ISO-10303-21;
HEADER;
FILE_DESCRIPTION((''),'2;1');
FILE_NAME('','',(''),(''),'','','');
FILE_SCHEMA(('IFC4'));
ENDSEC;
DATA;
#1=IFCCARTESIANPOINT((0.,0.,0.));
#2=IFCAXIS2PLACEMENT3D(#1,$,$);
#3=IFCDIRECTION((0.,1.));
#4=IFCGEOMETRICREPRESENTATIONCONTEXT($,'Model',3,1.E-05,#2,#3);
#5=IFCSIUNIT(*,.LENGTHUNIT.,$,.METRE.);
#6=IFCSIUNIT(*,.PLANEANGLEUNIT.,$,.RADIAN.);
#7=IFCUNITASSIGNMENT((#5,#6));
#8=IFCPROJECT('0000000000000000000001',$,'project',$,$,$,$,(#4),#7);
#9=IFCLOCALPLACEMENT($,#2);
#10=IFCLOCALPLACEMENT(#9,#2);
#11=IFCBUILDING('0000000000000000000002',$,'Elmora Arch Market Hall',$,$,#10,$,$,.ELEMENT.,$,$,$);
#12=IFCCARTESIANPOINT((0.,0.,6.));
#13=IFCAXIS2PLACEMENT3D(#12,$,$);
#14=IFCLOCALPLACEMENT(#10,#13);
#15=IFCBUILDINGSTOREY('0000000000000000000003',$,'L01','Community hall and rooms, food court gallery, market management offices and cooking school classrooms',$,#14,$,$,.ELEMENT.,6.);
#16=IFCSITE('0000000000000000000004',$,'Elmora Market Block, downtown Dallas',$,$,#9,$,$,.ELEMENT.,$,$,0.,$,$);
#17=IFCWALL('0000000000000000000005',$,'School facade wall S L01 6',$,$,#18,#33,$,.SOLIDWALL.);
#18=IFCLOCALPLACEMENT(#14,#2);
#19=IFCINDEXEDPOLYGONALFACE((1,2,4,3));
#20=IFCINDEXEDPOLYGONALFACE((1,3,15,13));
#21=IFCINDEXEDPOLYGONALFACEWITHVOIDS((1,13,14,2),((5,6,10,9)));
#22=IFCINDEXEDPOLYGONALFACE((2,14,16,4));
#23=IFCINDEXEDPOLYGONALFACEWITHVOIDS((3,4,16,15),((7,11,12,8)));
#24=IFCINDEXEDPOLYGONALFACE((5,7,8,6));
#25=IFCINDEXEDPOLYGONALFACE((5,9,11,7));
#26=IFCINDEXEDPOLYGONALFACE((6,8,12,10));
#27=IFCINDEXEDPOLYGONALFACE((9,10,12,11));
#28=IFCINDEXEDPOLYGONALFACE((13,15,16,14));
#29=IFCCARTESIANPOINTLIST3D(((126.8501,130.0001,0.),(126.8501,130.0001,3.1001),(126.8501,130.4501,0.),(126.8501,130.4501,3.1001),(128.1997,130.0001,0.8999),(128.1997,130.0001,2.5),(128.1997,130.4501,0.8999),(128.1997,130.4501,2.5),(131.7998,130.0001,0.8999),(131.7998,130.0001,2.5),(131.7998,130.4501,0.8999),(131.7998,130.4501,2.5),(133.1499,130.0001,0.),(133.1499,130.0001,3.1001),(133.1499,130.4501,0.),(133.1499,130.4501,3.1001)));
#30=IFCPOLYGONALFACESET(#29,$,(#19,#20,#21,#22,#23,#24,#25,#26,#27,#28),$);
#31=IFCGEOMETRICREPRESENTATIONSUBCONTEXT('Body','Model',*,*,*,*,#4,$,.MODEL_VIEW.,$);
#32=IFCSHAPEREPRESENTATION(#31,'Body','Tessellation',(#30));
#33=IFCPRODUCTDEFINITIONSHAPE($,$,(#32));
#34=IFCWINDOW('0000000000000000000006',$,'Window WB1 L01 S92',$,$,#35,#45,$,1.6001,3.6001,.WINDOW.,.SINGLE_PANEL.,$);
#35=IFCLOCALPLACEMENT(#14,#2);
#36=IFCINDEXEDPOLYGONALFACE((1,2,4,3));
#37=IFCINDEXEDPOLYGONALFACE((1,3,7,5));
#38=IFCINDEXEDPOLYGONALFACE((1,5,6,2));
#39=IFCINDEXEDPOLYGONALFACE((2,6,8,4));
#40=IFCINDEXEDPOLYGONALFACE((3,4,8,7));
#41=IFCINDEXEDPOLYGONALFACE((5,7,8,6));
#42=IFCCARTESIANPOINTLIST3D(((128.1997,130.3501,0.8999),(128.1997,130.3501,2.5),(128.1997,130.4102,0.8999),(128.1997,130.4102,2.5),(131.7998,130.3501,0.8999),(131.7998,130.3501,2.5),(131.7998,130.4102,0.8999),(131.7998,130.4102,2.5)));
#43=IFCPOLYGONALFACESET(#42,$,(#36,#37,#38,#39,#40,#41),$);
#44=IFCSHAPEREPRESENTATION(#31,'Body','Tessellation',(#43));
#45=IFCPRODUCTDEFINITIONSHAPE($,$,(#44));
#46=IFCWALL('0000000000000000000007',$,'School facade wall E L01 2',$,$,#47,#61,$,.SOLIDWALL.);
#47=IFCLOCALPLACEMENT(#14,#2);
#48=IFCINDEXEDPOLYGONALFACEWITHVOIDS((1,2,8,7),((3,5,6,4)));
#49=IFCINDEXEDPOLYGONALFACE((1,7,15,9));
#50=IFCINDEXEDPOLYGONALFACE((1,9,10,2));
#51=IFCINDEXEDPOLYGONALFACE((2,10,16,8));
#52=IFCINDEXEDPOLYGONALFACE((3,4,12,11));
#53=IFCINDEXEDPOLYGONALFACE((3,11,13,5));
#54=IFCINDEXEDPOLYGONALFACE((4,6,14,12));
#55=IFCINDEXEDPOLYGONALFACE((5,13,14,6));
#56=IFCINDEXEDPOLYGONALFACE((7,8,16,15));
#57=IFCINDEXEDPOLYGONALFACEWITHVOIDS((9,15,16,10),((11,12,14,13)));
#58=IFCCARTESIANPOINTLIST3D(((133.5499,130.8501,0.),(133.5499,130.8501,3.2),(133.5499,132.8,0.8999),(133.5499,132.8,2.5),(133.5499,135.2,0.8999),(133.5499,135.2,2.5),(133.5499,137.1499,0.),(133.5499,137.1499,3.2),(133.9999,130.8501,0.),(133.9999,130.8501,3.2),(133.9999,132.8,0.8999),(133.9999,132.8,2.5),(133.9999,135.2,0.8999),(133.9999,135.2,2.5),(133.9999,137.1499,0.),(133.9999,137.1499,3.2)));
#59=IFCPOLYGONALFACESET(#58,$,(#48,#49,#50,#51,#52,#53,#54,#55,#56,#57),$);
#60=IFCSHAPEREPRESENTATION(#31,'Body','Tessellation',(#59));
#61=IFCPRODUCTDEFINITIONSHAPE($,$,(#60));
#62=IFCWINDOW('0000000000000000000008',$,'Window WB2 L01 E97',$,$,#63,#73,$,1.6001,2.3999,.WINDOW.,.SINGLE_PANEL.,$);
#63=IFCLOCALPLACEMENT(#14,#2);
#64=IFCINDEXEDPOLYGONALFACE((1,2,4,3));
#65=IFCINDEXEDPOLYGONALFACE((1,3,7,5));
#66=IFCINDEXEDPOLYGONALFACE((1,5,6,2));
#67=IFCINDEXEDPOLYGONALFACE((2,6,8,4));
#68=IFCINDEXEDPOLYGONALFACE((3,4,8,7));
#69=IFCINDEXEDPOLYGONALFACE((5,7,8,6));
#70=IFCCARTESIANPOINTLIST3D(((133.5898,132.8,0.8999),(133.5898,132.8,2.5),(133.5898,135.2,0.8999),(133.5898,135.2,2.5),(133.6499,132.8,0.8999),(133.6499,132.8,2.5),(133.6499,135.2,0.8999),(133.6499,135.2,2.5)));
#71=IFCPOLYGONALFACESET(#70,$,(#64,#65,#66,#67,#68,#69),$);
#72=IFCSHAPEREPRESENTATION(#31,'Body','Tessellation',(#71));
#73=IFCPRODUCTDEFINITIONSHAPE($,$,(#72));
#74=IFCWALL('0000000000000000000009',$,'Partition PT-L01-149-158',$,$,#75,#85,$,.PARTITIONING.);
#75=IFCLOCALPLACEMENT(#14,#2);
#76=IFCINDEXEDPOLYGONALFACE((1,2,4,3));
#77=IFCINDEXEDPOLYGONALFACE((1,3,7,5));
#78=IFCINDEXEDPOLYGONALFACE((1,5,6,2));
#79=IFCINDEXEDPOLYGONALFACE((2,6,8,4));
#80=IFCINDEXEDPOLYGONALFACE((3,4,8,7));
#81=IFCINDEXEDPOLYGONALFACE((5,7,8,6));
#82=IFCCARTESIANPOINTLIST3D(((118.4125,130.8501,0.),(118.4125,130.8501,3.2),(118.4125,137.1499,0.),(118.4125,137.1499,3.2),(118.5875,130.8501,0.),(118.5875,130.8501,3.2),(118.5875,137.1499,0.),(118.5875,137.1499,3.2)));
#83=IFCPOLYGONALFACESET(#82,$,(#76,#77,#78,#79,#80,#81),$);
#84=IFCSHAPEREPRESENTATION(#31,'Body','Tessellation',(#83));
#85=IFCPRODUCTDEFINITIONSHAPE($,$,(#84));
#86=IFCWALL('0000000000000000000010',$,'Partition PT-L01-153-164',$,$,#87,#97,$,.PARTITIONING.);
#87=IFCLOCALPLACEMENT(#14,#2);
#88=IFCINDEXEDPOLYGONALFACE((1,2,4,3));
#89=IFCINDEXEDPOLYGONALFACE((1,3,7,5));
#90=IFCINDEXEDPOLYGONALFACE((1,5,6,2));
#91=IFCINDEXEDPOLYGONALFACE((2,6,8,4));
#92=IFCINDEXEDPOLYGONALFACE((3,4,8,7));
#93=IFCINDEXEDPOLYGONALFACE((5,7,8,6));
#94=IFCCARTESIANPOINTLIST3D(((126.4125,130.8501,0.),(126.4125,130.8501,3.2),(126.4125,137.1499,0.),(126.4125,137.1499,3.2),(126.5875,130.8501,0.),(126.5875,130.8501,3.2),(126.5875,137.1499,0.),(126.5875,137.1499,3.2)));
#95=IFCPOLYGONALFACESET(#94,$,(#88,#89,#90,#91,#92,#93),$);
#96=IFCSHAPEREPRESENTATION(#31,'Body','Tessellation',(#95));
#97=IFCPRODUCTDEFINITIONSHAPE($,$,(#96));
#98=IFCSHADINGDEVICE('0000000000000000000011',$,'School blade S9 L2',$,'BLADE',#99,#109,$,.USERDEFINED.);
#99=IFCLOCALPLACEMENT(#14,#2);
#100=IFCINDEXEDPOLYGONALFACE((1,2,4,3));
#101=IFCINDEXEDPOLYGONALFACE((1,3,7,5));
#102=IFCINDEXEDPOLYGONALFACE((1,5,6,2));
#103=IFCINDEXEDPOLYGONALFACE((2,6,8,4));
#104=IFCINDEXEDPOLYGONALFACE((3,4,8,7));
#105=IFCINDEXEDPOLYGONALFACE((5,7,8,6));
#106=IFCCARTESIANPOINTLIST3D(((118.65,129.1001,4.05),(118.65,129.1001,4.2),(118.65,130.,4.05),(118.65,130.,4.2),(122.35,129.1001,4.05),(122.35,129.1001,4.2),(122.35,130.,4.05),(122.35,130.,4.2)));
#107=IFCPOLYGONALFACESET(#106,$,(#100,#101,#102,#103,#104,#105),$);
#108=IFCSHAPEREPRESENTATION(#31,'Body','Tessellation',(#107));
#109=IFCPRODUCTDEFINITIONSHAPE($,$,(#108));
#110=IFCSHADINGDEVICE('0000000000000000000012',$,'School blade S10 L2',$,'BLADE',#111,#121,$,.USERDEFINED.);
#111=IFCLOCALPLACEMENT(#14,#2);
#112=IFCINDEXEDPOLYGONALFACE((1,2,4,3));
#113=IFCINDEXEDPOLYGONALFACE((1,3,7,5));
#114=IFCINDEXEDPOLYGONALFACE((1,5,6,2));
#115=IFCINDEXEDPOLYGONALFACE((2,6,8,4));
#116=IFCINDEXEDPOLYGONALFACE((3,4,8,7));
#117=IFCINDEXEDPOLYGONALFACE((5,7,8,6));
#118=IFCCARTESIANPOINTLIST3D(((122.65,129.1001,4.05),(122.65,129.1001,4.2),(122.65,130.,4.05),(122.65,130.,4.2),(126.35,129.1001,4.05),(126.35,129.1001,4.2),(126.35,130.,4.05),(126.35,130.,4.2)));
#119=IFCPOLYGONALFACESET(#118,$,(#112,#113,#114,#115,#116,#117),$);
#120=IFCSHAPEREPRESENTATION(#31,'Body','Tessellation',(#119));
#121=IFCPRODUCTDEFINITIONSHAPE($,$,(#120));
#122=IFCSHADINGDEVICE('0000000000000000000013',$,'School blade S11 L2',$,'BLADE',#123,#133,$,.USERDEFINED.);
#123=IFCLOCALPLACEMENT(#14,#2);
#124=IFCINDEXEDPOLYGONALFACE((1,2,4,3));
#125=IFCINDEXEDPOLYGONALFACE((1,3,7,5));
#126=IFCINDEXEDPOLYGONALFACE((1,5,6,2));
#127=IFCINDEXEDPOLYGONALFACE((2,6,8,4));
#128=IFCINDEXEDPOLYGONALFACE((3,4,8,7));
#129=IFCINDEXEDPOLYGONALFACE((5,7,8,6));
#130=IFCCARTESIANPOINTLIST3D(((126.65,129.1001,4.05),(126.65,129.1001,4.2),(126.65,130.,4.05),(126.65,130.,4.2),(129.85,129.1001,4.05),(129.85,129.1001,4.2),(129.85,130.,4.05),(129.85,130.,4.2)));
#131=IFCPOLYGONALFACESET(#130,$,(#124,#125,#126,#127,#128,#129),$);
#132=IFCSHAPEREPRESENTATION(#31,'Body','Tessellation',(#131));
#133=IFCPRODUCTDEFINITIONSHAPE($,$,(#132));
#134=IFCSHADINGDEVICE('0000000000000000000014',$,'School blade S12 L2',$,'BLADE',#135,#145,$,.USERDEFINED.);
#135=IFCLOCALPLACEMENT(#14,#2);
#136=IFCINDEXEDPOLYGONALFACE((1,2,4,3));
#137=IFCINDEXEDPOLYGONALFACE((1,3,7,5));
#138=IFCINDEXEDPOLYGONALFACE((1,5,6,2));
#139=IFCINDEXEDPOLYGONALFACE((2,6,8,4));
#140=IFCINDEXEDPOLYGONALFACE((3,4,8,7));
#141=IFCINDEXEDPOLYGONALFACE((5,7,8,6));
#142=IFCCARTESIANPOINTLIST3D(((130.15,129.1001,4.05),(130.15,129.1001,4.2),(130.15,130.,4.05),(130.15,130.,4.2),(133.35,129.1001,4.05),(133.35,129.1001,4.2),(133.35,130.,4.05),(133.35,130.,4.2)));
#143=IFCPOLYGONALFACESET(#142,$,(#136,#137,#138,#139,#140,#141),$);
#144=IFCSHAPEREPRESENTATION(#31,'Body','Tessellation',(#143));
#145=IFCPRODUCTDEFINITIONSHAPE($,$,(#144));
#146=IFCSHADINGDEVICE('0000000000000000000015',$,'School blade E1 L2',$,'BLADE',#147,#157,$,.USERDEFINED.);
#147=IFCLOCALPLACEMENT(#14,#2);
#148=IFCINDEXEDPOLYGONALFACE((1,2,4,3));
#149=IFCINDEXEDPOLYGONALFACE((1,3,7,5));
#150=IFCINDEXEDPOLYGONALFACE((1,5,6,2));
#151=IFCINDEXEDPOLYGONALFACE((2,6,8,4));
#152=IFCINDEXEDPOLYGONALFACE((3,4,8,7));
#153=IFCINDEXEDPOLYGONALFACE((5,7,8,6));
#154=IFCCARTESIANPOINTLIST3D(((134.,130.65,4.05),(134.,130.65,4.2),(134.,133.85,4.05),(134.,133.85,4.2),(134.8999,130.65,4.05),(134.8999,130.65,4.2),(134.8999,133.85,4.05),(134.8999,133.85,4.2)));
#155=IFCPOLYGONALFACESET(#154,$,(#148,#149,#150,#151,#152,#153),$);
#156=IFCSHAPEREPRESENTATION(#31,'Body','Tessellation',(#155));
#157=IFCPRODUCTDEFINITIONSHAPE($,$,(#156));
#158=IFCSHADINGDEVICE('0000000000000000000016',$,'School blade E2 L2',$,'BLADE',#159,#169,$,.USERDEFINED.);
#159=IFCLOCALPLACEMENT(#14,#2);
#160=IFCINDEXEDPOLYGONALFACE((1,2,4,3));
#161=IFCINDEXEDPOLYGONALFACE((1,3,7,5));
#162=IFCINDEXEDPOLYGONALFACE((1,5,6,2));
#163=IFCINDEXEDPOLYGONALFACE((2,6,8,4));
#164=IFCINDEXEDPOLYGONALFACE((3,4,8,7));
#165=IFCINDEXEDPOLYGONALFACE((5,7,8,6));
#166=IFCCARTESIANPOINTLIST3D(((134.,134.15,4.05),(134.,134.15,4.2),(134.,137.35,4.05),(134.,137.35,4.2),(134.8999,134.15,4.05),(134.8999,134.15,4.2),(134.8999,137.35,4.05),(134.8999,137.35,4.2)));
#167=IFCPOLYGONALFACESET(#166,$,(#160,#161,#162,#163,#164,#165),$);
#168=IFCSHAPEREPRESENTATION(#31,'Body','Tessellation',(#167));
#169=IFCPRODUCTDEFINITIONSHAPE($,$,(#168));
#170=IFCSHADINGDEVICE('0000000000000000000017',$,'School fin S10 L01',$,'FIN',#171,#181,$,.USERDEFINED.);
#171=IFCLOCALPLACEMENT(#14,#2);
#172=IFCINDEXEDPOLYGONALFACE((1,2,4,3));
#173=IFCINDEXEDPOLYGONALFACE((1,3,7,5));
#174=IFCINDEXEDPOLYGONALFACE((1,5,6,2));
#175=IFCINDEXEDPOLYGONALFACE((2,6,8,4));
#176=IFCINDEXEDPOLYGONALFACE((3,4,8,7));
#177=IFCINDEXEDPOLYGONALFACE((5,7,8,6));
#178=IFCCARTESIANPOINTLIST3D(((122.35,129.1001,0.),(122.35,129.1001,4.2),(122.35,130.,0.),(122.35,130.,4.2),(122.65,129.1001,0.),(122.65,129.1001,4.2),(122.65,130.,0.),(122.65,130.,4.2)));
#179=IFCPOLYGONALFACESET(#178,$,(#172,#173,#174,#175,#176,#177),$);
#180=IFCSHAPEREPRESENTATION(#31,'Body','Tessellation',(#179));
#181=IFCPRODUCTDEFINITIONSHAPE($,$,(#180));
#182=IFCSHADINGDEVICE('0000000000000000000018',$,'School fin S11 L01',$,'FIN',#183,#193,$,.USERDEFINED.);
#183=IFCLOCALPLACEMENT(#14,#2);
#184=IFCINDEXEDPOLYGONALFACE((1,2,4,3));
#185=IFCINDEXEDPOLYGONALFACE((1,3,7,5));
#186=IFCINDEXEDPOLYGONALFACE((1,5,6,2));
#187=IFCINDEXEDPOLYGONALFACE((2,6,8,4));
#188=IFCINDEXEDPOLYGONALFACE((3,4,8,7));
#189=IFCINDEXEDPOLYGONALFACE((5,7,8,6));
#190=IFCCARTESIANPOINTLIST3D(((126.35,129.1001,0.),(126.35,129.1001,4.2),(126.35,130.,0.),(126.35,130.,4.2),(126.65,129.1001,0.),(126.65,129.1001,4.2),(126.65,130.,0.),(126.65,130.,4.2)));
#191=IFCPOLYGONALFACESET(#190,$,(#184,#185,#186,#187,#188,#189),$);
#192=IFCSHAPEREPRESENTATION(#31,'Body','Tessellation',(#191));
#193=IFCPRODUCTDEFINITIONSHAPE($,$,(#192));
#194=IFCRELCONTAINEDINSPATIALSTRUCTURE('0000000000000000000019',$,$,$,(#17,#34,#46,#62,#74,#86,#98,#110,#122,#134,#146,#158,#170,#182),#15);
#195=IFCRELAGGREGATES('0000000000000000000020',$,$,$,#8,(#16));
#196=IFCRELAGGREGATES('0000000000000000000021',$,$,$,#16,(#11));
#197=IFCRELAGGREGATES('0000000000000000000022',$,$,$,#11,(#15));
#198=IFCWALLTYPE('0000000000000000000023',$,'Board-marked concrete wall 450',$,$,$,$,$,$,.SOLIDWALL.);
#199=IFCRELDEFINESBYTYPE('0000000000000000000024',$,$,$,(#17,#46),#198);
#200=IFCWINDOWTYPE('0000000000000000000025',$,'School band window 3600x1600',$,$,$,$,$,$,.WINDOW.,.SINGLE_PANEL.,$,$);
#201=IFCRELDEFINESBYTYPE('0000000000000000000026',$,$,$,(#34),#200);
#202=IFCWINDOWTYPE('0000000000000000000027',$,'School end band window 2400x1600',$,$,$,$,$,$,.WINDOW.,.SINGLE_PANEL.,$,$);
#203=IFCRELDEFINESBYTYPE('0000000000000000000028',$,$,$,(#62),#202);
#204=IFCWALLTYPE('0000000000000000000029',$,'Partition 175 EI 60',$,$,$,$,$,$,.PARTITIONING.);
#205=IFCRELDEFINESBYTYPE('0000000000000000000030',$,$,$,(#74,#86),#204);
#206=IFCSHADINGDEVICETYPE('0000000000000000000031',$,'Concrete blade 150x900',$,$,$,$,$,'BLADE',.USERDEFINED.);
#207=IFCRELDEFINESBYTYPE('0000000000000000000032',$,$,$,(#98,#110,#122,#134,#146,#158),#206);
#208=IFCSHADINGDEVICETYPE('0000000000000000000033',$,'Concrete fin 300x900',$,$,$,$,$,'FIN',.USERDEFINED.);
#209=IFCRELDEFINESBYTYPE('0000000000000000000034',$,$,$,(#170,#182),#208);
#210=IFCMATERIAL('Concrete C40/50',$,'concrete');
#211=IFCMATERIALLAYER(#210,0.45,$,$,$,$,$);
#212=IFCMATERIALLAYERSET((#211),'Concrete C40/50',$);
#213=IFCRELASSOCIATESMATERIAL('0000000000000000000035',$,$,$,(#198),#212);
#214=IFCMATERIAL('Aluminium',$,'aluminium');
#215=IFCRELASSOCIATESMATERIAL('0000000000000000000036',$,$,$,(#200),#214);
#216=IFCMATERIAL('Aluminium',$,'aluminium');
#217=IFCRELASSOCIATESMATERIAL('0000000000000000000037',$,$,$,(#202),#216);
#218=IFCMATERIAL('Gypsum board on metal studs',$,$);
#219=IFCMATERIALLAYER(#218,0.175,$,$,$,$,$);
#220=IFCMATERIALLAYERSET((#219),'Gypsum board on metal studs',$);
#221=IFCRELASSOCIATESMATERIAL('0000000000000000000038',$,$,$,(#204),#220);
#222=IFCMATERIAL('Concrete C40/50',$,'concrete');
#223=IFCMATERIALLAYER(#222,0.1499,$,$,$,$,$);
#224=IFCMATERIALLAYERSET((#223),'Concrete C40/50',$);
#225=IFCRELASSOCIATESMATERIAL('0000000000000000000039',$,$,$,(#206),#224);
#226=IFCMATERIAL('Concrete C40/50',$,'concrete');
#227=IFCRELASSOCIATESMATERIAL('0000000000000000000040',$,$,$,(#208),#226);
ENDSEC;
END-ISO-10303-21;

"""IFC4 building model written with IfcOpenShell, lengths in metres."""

from ifc_helpers import new_model, si_unit, direction, frame, frame_2d, origin, origin_2d, place, context, subcontext, project, spatial, rectangle, extrude, material, layer, layer_set, type_object, element, fill, save


model = new_model("IFC4")

# Units and contexts
model_context = context("Model", 3, precision=1e-05, world=origin(), true_north=direction((0.0, 1.0)))
body_context = subcontext(model_context, "Body", "Model", "MODEL_VIEW")
ifc_project = project(units=[si_unit("LENGTHUNIT", "METRE"), si_unit("PLANEANGLEUNIT", "RADIAN")], contexts=[model_context])

# Site, building, storey
site_placement = place(None, origin())
site = spatial("IfcSite", under=ifc_project, at=site_placement, Name="Elmora Market Block, downtown Dallas", CompositionType="ELEMENT", RefElevation=0.0)
building_placement = place(site_placement, origin())
building = spatial("IfcBuilding", under=site, at=building_placement, Name="Elmora Arch Market Hall", CompositionType="ELEMENT")
storey_placement = place(building_placement, frame((0.0, 0.0, 6.0)))
storey = spatial("IfcBuildingStorey", under=building, at=storey_placement, Name="L01", Description="Community hall and rooms, food court gallery, market management offices and cooking school classrooms", CompositionType="ELEMENT", Elevation=6.0)

# Walls, openings, windows
ifc_material_1 = material(Name="Concrete C40/50", Category="concrete")
ifc_layer_1 = layer(ifc_material_1, 0.45)
ifc_layer_set_1 = layer_set([ifc_layer_1], Name="Concrete C40/50")
wall_type_1 = type_object("IfcWallType", Name="Board-marked concrete wall 450", PredefinedType="SOLIDWALL", material=ifc_layer_set_1)
ifc_material_2 = material(Name="Aluminium", Category="aluminium")
window_type_1 = type_object("IfcWindowType", Name="School band window 3600x1600", PartitioningType="SINGLE_PANEL", PredefinedType="WINDOW", material=ifc_material_2)
wall_1_placement = place(storey_placement, frame((133.1499, 130.2251, 0.0), z_axis=(0.0, 0.0, 1.0), x_axis=(-1.0, 0.0, 0.0)))
wall_1 = element("IfcWall", 1, at=wall_1_placement, inside=storey, type_object=wall_type_1, Name="School facade wall S L01 6", PredefinedType="SOLIDWALL", context=body_context, shape_type="SweptSolid", body=[
    extrude(rectangle(XDim=6.2998, YDim=0.45, at=frame_2d((3.1499, 0.0))), origin(), (0.0, 0.0, 1.0), 3.1001),
])
opening_1_placement = place(wall_1_placement, frame((1.3501, 0.0, 0.8999)))
opening_1 = element("IfcOpeningElement", 2, at=opening_1_placement, cuts=wall_1, PredefinedType="OPENING", context=body_context, shape_type="SweptSolid", body=[
    extrude(rectangle(XDim=3.6001, YDim=1.6001, at=frame_2d((1.8, 0.8))), frame((0.0, 0.2349, 0.0), z_axis=(0.0, -1.0, 0.0), x_axis=(1.0, 0.0, 0.0)), (0.0, 0.0, 1.0), 0.47),
])
window_1_placement = place(opening_1_placement, origin())
window_1 = element("IfcWindow", 3, at=window_1_placement, inside=storey, type_object=window_type_1, Name="Window WB1 L01 S92", OverallHeight=1.6001, OverallWidth=3.6001, PartitioningType="SINGLE_PANEL", PredefinedType="WINDOW", context=body_context, shape_type="SweptSolid", body=[
    extrude(rectangle(XDim=3.6001, YDim=1.6001, at=frame_2d((1.8, 0.8))), frame((0.0, -0.125, 0.0), z_axis=(0.0, -1.0, 0.0), x_axis=(1.0, 0.0, 0.0)), (0.0, 0.0, 1.0), 0.0601),
])
fill(opening_1, window_1)
wall_2_placement = place(storey_placement, frame((133.7749, 137.1499, 0.0), z_axis=(0.0, 0.0, 1.0), x_axis=(0.0, -1.0, 0.0)))
wall_2 = element("IfcWall", 4, at=wall_2_placement, inside=storey, type_object=wall_type_1, Name="School facade wall E L01 2", PredefinedType="SOLIDWALL", context=body_context, shape_type="SweptSolid", body=[
    extrude(rectangle(XDim=6.2998, YDim=0.45, at=frame_2d((3.1499, 0.0))), origin(), (0.0, 0.0, 1.0), 3.2),
])
opening_2_placement = place(wall_2_placement, frame((1.95, 0.0, 0.8999)))
opening_2 = element("IfcOpeningElement", 5, at=opening_2_placement, cuts=wall_2, PredefinedType="OPENING", context=body_context, shape_type="SweptSolid", body=[
    extrude(rectangle(XDim=2.3999, YDim=1.6001, at=frame_2d((1.2, 0.8))), frame((0.0, 0.2349, 0.0), z_axis=(0.0, -1.0, 0.0), x_axis=(1.0, 0.0, 0.0)), (0.0, 0.0, 1.0), 0.47),
])
ifc_material_3 = material(Name="Aluminium", Category="aluminium")
window_type_2 = type_object("IfcWindowType", Name="School end band window 2400x1600", PartitioningType="SINGLE_PANEL", PredefinedType="WINDOW", material=ifc_material_3)
window_2_placement = place(opening_2_placement, origin())
window_2 = element("IfcWindow", 6, at=window_2_placement, inside=storey, type_object=window_type_2, Name="Window WB2 L01 E97", OverallHeight=1.6001, OverallWidth=2.3999, PartitioningType="SINGLE_PANEL", PredefinedType="WINDOW", context=body_context, shape_type="SweptSolid", body=[
    extrude(rectangle(XDim=2.3999, YDim=1.6001, at=frame_2d((1.2, 0.8))), frame((0.0, -0.125, 0.0), z_axis=(0.0, -1.0, 0.0), x_axis=(1.0, 0.0, 0.0)), (0.0, 0.0, 1.0), 0.0601),
])
fill(opening_2, window_2)

# Walls
ifc_material_4 = material(Name="Gypsum board on metal studs")
ifc_layer_2 = layer(ifc_material_4, 0.175)
ifc_layer_set_2 = layer_set([ifc_layer_2], Name="Gypsum board on metal studs")
wall_type_2 = type_object("IfcWallType", Name="Partition 175 EI 60", PredefinedType="PARTITIONING", material=ifc_layer_set_2)
for number, where, z_axis, x_axis, name in (
    (7, (118.5, 130.8501, 0.0), (0.0, 0.0, 1.0), (0.0, 1.0, 0.0), "Partition PT-L01-149-158"),
    (8, (126.5, 130.8501, 0.0), (0.0, 0.0, 1.0), (0.0, 1.0, 0.0), "Partition PT-L01-153-164"),
):
    element("IfcWall", number, at=place(storey_placement, frame(where, z_axis=z_axis, x_axis=x_axis)), inside=storey, type_object=wall_type_2, Name=name, PredefinedType="PARTITIONING", context=body_context, shape_type="SweptSolid", body=[
        extrude(rectangle(XDim=6.2998, YDim=0.175, at=frame_2d((3.1499, 0.0))), origin(), (0.0, 0.0, 1.0), 3.2),
    ])

# Shading devices
ifc_material_5 = material(Name="Concrete C40/50", Category="concrete")
ifc_layer_3 = layer(ifc_material_5, 0.1499)
ifc_layer_set_3 = layer_set([ifc_layer_3], Name="Concrete C40/50")
shading_device_type_1 = type_object("IfcShadingDeviceType", Name="Concrete blade 150x900", ElementType="BLADE", PredefinedType="USERDEFINED", material=ifc_layer_set_3)
for number, where, z_axis, x_axis, name in (
    (9, (120.5, 129.55, 4.05), (0.0, 0.0, 1.0), (1.0, 0.0, 0.0), "School blade S9 L2"),
    (10, (124.5, 129.55, 4.05), (0.0, 0.0, 1.0), (1.0, 0.0, 0.0), "School blade S10 L2"),
):
    element("IfcShadingDevice", number, at=place(storey_placement, frame(where, z_axis=z_axis, x_axis=x_axis)), inside=storey, type_object=shading_device_type_1, Name=name, ObjectType="BLADE", PredefinedType="USERDEFINED", context=body_context, shape_type="SweptSolid", body=[
        extrude(rectangle(XDim=3.7, YDim=0.8999, at=origin_2d()), origin(), (0.0, 0.0, 1.0), 0.1499),
    ])
for number, where, z_axis, x_axis, name in (
    (11, (128.25, 129.55, 4.05), (0.0, 0.0, 1.0), (1.0, 0.0, 0.0), "School blade S11 L2"),
    (12, (131.75, 129.55, 4.05), (0.0, 0.0, 1.0), (1.0, 0.0, 0.0), "School blade S12 L2"),
):
    element("IfcShadingDevice", number, at=place(storey_placement, frame(where, z_axis=z_axis, x_axis=x_axis)), inside=storey, type_object=shading_device_type_1, Name=name, ObjectType="BLADE", PredefinedType="USERDEFINED", context=body_context, shape_type="SweptSolid", body=[
        extrude(rectangle(XDim=3.2, YDim=0.8999, at=origin_2d()), origin(), (0.0, 0.0, 1.0), 0.1499),
    ])
for number, where, z_axis, x_axis, name in (
    (13, (134.45, 132.25, 4.05), (0.0, 0.0, 1.0), (1.0, 0.0, 0.0), "School blade E1 L2"),
    (14, (134.45, 135.75, 4.05), (0.0, 0.0, 1.0), (1.0, 0.0, 0.0), "School blade E2 L2"),
):
    element("IfcShadingDevice", number, at=place(storey_placement, frame(where, z_axis=z_axis, x_axis=x_axis)), inside=storey, type_object=shading_device_type_1, Name=name, ObjectType="BLADE", PredefinedType="USERDEFINED", context=body_context, shape_type="SweptSolid", body=[
        extrude(rectangle(XDim=0.8999, YDim=3.2, at=origin_2d()), origin(), (0.0, 0.0, 1.0), 0.1499),
    ])
ifc_material_6 = material(Name="Concrete C40/50", Category="concrete")
shading_device_type_2 = type_object("IfcShadingDeviceType", Name="Concrete fin 300x900", ElementType="FIN", PredefinedType="USERDEFINED", material=ifc_material_6)
for number, where, z_axis, x_axis, name in (
    (15, (122.5, 129.55, 0.0), (0.0, 0.0, 1.0), (1.0, 0.0, 0.0), "School fin S10 L01"),
    (16, (126.5, 129.55, 0.0), (0.0, 0.0, 1.0), (1.0, 0.0, 0.0), "School fin S11 L01"),
):
    element("IfcShadingDevice", number, at=place(storey_placement, frame(where, z_axis=z_axis, x_axis=x_axis)), inside=storey, type_object=shading_device_type_2, Name=name, ObjectType="FIN", PredefinedType="USERDEFINED", context=body_context, shape_type="SweptSolid", body=[
        extrude(rectangle(XDim=0.3, YDim=0.8999, at=origin_2d()), origin(), (0.0, 0.0, 1.0), 4.2),
    ])

save(model, "model.ifc")
